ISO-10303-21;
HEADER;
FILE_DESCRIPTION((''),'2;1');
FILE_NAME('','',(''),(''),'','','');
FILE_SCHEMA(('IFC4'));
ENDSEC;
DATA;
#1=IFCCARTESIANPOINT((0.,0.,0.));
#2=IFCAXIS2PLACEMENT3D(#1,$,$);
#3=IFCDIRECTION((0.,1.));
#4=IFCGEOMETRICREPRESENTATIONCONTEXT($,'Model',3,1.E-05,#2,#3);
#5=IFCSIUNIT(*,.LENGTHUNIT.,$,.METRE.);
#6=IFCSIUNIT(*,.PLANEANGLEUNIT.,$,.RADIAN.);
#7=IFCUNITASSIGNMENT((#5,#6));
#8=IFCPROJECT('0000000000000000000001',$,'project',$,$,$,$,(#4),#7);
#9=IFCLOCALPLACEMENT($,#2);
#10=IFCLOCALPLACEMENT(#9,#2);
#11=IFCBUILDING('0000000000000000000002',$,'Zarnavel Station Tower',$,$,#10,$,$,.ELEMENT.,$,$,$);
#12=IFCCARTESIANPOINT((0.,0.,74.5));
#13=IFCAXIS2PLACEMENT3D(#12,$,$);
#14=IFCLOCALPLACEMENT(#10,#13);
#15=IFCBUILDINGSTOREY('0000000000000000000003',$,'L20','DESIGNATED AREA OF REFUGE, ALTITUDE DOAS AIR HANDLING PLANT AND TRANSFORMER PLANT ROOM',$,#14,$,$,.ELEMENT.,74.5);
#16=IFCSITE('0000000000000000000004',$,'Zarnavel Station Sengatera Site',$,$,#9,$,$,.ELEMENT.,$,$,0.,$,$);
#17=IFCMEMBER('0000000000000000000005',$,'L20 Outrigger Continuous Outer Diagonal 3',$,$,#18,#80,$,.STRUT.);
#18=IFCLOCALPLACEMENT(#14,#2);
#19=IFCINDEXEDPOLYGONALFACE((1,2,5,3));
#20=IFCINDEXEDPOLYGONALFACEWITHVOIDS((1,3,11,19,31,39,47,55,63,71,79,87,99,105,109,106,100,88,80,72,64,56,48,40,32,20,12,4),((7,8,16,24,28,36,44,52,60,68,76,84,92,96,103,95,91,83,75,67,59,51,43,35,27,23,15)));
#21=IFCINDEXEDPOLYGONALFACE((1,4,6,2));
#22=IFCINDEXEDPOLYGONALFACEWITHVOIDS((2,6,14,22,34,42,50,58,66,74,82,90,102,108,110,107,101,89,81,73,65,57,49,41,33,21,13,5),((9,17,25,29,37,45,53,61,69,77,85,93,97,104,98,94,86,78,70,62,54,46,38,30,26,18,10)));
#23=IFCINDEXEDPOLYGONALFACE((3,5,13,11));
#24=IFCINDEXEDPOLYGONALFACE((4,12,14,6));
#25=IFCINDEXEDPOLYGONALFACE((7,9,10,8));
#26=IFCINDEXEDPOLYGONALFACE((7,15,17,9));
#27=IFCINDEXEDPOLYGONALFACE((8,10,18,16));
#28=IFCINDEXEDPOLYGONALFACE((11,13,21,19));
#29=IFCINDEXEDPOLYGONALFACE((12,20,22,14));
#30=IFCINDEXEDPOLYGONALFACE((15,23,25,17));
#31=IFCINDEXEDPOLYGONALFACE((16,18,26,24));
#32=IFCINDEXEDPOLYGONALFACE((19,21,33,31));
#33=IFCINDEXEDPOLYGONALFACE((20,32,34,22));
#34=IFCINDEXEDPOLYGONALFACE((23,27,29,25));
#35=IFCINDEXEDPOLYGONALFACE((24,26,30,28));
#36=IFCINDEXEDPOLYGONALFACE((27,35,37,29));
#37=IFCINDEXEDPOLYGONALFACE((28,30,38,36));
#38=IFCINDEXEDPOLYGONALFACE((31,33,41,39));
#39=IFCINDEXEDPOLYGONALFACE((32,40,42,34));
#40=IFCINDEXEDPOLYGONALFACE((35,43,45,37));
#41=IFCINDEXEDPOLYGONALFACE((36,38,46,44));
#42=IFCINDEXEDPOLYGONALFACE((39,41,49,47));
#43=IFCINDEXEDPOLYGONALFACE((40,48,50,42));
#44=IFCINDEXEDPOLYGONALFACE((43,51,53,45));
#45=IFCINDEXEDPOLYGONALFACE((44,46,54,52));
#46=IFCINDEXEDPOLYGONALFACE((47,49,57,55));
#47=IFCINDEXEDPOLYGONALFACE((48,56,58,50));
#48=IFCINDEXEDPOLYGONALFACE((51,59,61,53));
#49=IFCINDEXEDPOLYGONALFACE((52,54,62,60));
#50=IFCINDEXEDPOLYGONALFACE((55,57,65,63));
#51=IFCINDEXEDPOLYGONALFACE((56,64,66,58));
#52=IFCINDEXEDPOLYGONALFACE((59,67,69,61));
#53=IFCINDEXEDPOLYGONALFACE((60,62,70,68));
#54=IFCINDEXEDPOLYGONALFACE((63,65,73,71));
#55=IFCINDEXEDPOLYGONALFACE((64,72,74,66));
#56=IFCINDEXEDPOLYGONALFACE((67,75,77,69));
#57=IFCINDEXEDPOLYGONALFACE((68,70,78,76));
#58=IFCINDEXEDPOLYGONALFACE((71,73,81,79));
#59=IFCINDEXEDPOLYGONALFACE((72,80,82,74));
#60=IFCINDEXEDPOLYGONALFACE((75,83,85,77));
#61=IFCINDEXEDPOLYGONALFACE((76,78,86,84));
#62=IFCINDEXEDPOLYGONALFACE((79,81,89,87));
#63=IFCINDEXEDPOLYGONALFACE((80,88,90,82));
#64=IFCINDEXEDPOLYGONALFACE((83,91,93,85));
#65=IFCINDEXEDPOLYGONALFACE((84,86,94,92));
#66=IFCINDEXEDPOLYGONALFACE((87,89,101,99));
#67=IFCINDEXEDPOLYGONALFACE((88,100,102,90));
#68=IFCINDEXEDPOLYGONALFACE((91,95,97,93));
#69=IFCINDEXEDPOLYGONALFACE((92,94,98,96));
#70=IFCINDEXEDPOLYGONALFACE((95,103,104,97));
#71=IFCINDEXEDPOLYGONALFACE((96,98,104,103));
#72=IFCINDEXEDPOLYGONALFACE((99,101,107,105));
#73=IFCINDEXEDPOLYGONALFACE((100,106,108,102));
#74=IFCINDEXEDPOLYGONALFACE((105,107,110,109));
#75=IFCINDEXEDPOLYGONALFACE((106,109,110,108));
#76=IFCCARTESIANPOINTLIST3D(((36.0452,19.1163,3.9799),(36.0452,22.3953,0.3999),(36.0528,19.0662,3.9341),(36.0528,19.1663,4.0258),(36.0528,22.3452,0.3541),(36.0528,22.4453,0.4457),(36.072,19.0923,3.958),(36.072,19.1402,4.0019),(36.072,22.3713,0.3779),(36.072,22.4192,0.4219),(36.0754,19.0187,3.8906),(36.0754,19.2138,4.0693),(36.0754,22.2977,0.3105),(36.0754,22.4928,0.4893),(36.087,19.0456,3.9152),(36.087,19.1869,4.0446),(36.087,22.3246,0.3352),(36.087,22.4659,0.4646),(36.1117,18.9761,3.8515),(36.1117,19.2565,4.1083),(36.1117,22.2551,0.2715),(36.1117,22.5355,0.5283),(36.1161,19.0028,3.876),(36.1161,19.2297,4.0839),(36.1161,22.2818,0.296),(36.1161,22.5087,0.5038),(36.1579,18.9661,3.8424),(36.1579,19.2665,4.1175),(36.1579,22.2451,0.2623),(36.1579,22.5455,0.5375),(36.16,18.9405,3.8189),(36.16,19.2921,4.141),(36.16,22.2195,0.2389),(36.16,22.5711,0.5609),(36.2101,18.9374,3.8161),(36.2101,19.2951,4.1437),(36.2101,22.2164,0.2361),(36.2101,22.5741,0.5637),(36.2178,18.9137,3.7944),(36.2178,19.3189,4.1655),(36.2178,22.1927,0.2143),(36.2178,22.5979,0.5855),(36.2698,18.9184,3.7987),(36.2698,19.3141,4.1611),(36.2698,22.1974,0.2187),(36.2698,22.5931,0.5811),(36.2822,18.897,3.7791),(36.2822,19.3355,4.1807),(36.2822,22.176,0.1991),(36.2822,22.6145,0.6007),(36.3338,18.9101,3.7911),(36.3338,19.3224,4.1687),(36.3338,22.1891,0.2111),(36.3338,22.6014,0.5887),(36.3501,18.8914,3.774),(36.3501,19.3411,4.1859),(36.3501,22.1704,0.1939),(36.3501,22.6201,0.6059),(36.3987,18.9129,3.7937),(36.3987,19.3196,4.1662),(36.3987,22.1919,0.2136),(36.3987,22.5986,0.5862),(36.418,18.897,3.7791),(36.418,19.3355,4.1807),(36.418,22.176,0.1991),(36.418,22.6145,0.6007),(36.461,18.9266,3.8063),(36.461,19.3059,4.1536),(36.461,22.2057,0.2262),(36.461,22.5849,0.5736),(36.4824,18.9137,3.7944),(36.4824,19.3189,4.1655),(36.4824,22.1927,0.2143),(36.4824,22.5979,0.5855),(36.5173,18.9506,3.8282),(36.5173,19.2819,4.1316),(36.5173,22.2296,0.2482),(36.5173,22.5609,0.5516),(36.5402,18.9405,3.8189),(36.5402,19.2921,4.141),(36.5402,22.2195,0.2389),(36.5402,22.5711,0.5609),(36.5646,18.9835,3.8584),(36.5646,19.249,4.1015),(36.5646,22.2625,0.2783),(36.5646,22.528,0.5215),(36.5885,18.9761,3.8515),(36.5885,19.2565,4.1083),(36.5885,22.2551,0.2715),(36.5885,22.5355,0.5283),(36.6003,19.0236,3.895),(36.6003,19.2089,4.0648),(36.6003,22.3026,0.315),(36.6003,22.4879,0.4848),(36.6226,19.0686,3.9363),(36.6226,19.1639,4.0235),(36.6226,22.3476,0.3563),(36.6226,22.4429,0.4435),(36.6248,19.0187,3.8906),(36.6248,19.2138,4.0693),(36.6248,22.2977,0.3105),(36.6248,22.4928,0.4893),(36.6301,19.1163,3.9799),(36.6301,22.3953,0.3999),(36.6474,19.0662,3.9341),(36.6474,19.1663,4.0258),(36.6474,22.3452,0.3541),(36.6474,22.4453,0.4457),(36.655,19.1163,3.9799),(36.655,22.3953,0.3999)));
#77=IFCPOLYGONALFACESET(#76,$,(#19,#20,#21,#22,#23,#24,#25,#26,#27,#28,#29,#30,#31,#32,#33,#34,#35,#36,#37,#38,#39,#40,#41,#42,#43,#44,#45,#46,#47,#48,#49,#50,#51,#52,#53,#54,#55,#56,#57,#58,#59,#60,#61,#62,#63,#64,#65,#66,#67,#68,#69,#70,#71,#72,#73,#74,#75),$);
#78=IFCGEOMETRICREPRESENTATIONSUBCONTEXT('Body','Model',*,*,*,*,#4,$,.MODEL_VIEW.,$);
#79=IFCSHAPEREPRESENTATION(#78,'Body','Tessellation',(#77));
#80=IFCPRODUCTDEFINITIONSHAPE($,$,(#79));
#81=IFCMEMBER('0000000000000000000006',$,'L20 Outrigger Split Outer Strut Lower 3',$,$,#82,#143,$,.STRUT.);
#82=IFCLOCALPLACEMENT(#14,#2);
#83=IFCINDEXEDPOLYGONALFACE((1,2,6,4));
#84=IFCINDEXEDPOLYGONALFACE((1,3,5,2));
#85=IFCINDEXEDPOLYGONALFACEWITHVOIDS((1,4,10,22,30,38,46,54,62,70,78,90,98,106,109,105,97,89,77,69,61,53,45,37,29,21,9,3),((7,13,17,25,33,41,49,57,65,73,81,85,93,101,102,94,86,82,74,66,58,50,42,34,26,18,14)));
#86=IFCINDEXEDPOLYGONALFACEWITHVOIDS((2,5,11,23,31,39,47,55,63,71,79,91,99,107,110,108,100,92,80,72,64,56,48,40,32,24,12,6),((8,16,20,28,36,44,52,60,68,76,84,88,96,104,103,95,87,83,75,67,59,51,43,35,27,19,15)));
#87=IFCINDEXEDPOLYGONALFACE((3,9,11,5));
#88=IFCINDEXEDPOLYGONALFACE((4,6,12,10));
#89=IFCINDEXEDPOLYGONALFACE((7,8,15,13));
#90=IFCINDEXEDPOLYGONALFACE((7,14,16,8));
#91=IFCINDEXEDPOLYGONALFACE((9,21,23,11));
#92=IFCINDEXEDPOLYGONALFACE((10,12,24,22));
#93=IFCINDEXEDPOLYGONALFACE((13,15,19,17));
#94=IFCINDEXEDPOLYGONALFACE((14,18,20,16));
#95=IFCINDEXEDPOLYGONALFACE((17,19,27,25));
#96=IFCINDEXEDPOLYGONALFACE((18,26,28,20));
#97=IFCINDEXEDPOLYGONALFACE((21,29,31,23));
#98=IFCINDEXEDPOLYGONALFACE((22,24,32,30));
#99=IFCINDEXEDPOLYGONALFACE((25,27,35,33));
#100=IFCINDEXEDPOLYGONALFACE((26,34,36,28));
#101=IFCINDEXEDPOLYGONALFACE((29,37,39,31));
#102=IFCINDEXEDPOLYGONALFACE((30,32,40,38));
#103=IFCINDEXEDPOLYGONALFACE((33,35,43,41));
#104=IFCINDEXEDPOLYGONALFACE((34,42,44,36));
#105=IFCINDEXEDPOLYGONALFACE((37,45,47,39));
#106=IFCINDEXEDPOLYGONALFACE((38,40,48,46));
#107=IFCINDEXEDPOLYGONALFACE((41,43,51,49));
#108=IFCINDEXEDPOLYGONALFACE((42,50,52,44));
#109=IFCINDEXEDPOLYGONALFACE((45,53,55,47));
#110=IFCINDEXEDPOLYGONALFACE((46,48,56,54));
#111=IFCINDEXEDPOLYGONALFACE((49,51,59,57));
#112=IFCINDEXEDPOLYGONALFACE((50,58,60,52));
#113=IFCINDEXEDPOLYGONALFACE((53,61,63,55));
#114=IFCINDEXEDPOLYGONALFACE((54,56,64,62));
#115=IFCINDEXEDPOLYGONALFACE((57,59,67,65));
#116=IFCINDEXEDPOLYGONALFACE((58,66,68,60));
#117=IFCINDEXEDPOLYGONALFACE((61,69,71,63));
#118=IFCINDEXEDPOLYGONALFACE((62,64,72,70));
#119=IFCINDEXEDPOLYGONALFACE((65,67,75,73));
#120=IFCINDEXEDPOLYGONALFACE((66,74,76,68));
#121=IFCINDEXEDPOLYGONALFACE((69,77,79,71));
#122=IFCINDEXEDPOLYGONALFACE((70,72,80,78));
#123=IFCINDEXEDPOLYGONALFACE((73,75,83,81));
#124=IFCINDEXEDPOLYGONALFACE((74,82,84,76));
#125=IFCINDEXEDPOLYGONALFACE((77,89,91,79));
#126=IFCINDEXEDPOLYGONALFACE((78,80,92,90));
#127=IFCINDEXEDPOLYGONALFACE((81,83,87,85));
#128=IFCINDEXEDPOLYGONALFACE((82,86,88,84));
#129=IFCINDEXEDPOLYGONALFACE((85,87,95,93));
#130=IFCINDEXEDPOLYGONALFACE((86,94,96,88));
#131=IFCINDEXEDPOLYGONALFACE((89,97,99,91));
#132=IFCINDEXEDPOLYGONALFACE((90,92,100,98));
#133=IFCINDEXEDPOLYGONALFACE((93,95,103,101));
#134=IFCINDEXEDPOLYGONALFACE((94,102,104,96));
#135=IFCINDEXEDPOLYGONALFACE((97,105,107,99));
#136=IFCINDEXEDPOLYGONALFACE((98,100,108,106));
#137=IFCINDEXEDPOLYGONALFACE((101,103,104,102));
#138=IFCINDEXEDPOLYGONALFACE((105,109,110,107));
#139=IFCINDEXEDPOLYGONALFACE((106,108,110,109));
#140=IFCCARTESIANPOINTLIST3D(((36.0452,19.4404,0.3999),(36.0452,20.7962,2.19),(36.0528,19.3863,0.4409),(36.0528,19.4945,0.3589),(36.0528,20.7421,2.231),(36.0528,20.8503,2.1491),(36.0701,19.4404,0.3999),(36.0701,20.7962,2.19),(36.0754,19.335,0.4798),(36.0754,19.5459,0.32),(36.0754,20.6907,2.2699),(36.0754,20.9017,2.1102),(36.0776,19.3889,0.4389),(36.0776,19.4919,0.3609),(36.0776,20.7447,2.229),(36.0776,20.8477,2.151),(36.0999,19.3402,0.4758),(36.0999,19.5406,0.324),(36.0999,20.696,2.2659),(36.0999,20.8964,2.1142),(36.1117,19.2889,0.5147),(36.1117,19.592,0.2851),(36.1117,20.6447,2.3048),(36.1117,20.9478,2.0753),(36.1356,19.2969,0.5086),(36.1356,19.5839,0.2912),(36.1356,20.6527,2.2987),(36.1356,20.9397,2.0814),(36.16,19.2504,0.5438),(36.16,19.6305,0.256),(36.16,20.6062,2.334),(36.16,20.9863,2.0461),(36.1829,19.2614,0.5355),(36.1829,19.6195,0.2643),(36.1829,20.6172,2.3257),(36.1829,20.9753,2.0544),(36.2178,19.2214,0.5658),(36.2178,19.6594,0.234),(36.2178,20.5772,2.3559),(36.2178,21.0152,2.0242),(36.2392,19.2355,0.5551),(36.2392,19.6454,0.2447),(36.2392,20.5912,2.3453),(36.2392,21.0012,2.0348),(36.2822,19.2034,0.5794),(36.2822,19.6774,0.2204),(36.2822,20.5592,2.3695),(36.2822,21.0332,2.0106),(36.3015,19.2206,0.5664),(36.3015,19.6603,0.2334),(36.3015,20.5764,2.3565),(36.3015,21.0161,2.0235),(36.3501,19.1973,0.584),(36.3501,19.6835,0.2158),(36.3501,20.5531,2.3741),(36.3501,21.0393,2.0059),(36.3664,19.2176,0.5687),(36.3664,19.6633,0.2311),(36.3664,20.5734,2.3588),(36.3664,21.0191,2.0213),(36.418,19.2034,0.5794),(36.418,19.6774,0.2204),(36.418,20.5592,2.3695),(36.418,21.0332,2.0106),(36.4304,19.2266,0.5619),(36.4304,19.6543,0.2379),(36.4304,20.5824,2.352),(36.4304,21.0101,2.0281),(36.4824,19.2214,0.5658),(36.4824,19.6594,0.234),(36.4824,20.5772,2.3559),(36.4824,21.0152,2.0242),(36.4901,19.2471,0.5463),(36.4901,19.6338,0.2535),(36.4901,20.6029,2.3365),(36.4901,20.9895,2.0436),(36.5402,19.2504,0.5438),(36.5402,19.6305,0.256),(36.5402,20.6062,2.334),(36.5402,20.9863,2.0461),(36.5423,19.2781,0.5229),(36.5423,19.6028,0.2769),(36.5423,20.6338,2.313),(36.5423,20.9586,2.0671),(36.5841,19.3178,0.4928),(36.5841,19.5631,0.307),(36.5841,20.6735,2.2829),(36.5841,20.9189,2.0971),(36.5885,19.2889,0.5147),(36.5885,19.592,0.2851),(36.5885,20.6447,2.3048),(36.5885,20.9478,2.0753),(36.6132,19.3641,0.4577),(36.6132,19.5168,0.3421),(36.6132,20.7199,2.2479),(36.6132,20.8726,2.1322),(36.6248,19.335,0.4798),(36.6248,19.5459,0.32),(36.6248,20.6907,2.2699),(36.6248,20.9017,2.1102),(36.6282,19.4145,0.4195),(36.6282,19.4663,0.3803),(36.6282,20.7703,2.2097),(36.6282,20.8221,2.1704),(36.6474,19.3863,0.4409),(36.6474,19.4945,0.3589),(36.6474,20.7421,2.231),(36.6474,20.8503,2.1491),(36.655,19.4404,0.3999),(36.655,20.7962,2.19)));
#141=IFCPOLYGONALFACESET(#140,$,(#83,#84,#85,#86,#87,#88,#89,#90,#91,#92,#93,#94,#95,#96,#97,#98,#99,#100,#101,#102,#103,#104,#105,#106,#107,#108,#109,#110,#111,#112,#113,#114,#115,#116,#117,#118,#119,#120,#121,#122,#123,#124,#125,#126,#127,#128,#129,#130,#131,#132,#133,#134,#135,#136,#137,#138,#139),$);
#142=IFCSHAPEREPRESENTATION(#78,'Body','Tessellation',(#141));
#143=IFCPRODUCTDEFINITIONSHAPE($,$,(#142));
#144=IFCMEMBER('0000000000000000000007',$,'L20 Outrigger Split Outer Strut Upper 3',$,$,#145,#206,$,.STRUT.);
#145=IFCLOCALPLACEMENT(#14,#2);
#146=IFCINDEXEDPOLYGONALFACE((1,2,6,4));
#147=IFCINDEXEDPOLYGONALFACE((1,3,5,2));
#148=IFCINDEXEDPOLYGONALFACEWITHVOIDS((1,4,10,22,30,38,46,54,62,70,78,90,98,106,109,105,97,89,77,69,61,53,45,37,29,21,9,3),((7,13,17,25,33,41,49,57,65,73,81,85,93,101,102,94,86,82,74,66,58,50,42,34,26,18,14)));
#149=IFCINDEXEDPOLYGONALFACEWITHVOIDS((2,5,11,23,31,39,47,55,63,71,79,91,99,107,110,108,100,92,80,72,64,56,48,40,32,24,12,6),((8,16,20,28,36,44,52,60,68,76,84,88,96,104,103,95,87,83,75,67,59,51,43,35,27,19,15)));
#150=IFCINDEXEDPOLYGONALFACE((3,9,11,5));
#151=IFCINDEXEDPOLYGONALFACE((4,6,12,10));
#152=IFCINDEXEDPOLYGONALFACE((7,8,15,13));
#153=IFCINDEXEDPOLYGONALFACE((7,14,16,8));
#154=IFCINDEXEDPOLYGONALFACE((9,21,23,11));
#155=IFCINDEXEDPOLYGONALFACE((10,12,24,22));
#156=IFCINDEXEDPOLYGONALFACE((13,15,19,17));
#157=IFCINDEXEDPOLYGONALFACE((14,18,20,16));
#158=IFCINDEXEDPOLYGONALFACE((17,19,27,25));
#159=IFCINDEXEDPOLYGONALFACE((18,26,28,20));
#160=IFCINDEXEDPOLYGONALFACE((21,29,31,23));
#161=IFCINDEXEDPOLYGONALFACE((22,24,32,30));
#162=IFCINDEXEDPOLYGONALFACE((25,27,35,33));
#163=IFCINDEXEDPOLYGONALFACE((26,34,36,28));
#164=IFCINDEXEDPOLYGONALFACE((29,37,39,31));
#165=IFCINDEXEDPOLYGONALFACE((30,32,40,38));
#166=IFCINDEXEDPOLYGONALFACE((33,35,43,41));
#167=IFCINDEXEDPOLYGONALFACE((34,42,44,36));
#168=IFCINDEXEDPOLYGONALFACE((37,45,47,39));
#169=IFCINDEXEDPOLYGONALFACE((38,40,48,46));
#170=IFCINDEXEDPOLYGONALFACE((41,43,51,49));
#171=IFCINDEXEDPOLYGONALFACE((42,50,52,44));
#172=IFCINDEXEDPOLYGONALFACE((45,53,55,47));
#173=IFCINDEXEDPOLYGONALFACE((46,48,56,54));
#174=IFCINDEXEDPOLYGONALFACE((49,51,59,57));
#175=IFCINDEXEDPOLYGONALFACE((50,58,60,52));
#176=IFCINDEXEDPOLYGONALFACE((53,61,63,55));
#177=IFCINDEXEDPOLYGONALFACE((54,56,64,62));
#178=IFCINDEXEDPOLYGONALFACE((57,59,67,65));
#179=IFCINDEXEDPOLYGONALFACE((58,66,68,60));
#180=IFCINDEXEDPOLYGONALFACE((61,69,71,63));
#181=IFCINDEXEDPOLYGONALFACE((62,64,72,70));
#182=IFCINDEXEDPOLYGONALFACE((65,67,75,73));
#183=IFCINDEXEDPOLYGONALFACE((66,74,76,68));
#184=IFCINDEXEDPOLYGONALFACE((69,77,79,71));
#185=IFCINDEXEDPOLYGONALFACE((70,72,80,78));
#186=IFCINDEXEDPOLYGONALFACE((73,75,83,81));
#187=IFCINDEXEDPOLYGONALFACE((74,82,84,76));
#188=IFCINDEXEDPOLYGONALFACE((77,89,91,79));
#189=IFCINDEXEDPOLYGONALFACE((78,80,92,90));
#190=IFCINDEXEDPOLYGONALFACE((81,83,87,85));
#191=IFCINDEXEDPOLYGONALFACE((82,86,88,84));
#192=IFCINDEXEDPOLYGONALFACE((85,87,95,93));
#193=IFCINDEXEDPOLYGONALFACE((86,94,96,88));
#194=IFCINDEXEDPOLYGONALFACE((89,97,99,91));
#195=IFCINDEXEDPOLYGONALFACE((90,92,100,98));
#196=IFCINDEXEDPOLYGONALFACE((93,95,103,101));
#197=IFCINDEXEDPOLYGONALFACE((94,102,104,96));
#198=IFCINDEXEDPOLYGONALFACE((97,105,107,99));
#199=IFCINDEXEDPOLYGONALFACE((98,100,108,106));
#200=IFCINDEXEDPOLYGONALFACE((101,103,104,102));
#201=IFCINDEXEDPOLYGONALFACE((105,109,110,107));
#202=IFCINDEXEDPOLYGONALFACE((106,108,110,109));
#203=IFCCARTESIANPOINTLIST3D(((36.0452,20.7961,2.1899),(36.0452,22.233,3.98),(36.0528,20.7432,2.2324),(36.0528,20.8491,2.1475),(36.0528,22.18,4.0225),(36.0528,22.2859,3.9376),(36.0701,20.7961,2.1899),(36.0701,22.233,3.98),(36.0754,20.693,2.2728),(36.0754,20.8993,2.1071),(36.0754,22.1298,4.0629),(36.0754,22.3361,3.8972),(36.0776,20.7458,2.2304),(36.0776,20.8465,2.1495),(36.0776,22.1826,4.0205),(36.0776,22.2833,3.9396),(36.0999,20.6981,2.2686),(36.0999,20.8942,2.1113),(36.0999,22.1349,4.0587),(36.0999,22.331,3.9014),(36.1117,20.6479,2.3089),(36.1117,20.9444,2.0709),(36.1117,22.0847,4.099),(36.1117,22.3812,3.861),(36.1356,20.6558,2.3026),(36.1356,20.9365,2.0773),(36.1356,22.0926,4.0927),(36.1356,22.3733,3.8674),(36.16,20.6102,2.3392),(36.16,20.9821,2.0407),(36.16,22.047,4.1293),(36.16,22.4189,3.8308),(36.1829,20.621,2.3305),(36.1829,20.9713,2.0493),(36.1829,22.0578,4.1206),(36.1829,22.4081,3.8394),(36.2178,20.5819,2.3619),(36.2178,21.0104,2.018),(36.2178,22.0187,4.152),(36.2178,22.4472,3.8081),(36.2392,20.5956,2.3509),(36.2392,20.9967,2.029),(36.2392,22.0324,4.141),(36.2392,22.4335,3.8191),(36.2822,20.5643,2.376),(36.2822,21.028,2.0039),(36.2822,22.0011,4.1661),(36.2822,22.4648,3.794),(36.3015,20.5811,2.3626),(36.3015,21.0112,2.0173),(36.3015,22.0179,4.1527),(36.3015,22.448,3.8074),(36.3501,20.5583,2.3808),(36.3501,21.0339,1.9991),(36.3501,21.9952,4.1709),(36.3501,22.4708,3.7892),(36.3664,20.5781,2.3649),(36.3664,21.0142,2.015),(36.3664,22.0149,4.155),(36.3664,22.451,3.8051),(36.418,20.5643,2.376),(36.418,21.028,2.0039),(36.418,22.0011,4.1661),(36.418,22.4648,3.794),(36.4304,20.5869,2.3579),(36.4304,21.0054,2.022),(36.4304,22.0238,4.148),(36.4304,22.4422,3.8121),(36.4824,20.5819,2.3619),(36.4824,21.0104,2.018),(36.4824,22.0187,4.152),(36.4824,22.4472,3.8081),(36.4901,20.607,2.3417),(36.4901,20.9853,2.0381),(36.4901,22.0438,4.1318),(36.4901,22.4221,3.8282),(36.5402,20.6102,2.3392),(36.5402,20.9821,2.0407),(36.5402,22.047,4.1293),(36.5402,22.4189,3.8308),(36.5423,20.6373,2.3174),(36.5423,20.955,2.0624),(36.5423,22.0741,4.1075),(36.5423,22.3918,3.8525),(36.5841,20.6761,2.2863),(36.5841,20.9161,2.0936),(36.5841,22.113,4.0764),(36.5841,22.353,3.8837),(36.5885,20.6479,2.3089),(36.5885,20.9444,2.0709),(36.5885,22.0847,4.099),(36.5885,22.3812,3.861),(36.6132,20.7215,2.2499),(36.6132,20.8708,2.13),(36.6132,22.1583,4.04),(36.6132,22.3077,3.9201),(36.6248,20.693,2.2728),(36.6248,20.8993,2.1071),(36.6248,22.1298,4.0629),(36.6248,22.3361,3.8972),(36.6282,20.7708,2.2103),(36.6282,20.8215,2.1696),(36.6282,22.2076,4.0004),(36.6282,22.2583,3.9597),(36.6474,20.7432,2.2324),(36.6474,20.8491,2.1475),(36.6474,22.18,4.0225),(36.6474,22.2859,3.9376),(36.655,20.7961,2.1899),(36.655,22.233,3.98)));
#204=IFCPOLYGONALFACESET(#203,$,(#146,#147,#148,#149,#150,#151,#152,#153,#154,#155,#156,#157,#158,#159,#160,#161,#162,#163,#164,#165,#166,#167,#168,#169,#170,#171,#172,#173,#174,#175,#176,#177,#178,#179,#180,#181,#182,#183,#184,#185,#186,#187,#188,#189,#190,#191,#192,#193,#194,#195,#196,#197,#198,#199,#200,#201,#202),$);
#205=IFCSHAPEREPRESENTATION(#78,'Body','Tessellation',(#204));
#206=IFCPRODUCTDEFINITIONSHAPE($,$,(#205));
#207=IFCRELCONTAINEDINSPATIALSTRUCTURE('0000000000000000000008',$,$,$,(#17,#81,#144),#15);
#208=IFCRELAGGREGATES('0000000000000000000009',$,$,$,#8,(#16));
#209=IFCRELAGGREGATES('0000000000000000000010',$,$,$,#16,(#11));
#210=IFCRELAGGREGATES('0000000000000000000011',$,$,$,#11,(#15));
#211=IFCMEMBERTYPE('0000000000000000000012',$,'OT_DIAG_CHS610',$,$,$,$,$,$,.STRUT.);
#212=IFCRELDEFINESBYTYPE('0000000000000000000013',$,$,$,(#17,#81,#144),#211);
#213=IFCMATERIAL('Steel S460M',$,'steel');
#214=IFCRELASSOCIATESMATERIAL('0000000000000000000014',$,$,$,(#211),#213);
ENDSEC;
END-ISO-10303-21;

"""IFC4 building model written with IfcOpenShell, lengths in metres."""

from ifc_helpers import new_model, si_unit, direction, frame, origin, origin_2d, place, context, subcontext, project, spatial, hollow_circle, extrude, material, material_profile, profile_set, type_object, element, save


model = new_model("IFC4")

# Units and contexts
model_context = context("Model", 3, precision=1e-05, world=origin(), true_north=direction((0.0, 1.0)))
body_context = subcontext(model_context, "Body", "Model", "MODEL_VIEW")
ifc_project = project(units=[si_unit("LENGTHUNIT", "METRE"), si_unit("PLANEANGLEUNIT", "RADIAN")], contexts=[model_context])

# Site, building, storey
site_placement = place(None, origin())
site = spatial("IfcSite", under=ifc_project, at=site_placement, Name="Zarnavel Station Sengatera Site", CompositionType="ELEMENT", RefElevation=0.0)
building_placement = place(site_placement, origin())
building = spatial("IfcBuilding", under=site, at=building_placement, Name="Zarnavel Station Tower", CompositionType="ELEMENT")
storey_placement = place(building_placement, frame((0.0, 0.0, 74.5)))
storey = spatial("IfcBuildingStorey", under=building, at=storey_placement, Name="L20", Description="DESIGNATED AREA OF REFUGE, ALTITUDE DOAS AIR HANDLING PLANT AND TRANSFORMER PLANT ROOM", CompositionType="ELEMENT", Elevation=74.5)

# Members
ifc_material_1 = material(Name="Steel S460M", Category="steel")
ifc_material_profile_1 = material_profile(ifc_material_1, hollow_circle(Radius=0.3049, WallThickness=0.0249, at=origin_2d()), Name="CHS610x25")
ifc_profile_set_1 = profile_set([ifc_material_profile_1], Name="Steel S460M")
member_type_1 = type_object("IfcMemberType", Name="OT_DIAG_CHS610", PredefinedType="STRUT", material=ifc_profile_set_1)
member_1_placement = place(storey_placement, frame((36.3501, 22.3953, 0.3999), z_axis=(0.0, -0.675424, 0.73743), x_axis=(1.0, 0.0, 0.0)))
element("IfcMember", 1, at=member_1_placement, inside=storey, type_object=member_type_1, Name="L20 Outrigger Continuous Outer Diagonal 3", PredefinedType="STRUT", context=body_context, shape_type="SweptSolid", body=[
    extrude(hollow_circle(Radius=0.3049, WallThickness=0.0249, at=origin_2d()), origin(), (0.0, 0.0, 1.0), 4.8547),
])
member_2_placement = place(storey_placement, frame((36.3501, 19.4404, 0.3999), z_axis=(0.0, 0.603751, 0.797173), x_axis=(-1.0, 0.0, 0.0)))
element("IfcMember", 2, at=member_2_placement, inside=storey, type_object=member_type_1, Name="L20 Outrigger Split Outer Strut Lower 3", PredefinedType="STRUT", context=body_context, shape_type="SweptSolid", body=[
    extrude(hollow_circle(Radius=0.3049, WallThickness=0.0249, at=origin_2d()), origin(), (0.0, 0.0, 1.0), 2.2456),
])
member_3_placement = place(storey_placement, frame((36.3501, 20.7961, 2.1899), z_axis=(0.0, 0.625952, 0.779861), x_axis=(-1.0, 0.0, 0.0)))
element("IfcMember", 3, at=member_3_placement, inside=storey, type_object=member_type_1, Name="L20 Outrigger Split Outer Strut Upper 3", PredefinedType="STRUT", context=body_context, shape_type="SweptSolid", body=[
    extrude(hollow_circle(Radius=0.3049, WallThickness=0.0249, at=origin_2d()), origin(), (0.0, 0.0, 1.0), 2.2954),
])

save(model, "model.ifc")
